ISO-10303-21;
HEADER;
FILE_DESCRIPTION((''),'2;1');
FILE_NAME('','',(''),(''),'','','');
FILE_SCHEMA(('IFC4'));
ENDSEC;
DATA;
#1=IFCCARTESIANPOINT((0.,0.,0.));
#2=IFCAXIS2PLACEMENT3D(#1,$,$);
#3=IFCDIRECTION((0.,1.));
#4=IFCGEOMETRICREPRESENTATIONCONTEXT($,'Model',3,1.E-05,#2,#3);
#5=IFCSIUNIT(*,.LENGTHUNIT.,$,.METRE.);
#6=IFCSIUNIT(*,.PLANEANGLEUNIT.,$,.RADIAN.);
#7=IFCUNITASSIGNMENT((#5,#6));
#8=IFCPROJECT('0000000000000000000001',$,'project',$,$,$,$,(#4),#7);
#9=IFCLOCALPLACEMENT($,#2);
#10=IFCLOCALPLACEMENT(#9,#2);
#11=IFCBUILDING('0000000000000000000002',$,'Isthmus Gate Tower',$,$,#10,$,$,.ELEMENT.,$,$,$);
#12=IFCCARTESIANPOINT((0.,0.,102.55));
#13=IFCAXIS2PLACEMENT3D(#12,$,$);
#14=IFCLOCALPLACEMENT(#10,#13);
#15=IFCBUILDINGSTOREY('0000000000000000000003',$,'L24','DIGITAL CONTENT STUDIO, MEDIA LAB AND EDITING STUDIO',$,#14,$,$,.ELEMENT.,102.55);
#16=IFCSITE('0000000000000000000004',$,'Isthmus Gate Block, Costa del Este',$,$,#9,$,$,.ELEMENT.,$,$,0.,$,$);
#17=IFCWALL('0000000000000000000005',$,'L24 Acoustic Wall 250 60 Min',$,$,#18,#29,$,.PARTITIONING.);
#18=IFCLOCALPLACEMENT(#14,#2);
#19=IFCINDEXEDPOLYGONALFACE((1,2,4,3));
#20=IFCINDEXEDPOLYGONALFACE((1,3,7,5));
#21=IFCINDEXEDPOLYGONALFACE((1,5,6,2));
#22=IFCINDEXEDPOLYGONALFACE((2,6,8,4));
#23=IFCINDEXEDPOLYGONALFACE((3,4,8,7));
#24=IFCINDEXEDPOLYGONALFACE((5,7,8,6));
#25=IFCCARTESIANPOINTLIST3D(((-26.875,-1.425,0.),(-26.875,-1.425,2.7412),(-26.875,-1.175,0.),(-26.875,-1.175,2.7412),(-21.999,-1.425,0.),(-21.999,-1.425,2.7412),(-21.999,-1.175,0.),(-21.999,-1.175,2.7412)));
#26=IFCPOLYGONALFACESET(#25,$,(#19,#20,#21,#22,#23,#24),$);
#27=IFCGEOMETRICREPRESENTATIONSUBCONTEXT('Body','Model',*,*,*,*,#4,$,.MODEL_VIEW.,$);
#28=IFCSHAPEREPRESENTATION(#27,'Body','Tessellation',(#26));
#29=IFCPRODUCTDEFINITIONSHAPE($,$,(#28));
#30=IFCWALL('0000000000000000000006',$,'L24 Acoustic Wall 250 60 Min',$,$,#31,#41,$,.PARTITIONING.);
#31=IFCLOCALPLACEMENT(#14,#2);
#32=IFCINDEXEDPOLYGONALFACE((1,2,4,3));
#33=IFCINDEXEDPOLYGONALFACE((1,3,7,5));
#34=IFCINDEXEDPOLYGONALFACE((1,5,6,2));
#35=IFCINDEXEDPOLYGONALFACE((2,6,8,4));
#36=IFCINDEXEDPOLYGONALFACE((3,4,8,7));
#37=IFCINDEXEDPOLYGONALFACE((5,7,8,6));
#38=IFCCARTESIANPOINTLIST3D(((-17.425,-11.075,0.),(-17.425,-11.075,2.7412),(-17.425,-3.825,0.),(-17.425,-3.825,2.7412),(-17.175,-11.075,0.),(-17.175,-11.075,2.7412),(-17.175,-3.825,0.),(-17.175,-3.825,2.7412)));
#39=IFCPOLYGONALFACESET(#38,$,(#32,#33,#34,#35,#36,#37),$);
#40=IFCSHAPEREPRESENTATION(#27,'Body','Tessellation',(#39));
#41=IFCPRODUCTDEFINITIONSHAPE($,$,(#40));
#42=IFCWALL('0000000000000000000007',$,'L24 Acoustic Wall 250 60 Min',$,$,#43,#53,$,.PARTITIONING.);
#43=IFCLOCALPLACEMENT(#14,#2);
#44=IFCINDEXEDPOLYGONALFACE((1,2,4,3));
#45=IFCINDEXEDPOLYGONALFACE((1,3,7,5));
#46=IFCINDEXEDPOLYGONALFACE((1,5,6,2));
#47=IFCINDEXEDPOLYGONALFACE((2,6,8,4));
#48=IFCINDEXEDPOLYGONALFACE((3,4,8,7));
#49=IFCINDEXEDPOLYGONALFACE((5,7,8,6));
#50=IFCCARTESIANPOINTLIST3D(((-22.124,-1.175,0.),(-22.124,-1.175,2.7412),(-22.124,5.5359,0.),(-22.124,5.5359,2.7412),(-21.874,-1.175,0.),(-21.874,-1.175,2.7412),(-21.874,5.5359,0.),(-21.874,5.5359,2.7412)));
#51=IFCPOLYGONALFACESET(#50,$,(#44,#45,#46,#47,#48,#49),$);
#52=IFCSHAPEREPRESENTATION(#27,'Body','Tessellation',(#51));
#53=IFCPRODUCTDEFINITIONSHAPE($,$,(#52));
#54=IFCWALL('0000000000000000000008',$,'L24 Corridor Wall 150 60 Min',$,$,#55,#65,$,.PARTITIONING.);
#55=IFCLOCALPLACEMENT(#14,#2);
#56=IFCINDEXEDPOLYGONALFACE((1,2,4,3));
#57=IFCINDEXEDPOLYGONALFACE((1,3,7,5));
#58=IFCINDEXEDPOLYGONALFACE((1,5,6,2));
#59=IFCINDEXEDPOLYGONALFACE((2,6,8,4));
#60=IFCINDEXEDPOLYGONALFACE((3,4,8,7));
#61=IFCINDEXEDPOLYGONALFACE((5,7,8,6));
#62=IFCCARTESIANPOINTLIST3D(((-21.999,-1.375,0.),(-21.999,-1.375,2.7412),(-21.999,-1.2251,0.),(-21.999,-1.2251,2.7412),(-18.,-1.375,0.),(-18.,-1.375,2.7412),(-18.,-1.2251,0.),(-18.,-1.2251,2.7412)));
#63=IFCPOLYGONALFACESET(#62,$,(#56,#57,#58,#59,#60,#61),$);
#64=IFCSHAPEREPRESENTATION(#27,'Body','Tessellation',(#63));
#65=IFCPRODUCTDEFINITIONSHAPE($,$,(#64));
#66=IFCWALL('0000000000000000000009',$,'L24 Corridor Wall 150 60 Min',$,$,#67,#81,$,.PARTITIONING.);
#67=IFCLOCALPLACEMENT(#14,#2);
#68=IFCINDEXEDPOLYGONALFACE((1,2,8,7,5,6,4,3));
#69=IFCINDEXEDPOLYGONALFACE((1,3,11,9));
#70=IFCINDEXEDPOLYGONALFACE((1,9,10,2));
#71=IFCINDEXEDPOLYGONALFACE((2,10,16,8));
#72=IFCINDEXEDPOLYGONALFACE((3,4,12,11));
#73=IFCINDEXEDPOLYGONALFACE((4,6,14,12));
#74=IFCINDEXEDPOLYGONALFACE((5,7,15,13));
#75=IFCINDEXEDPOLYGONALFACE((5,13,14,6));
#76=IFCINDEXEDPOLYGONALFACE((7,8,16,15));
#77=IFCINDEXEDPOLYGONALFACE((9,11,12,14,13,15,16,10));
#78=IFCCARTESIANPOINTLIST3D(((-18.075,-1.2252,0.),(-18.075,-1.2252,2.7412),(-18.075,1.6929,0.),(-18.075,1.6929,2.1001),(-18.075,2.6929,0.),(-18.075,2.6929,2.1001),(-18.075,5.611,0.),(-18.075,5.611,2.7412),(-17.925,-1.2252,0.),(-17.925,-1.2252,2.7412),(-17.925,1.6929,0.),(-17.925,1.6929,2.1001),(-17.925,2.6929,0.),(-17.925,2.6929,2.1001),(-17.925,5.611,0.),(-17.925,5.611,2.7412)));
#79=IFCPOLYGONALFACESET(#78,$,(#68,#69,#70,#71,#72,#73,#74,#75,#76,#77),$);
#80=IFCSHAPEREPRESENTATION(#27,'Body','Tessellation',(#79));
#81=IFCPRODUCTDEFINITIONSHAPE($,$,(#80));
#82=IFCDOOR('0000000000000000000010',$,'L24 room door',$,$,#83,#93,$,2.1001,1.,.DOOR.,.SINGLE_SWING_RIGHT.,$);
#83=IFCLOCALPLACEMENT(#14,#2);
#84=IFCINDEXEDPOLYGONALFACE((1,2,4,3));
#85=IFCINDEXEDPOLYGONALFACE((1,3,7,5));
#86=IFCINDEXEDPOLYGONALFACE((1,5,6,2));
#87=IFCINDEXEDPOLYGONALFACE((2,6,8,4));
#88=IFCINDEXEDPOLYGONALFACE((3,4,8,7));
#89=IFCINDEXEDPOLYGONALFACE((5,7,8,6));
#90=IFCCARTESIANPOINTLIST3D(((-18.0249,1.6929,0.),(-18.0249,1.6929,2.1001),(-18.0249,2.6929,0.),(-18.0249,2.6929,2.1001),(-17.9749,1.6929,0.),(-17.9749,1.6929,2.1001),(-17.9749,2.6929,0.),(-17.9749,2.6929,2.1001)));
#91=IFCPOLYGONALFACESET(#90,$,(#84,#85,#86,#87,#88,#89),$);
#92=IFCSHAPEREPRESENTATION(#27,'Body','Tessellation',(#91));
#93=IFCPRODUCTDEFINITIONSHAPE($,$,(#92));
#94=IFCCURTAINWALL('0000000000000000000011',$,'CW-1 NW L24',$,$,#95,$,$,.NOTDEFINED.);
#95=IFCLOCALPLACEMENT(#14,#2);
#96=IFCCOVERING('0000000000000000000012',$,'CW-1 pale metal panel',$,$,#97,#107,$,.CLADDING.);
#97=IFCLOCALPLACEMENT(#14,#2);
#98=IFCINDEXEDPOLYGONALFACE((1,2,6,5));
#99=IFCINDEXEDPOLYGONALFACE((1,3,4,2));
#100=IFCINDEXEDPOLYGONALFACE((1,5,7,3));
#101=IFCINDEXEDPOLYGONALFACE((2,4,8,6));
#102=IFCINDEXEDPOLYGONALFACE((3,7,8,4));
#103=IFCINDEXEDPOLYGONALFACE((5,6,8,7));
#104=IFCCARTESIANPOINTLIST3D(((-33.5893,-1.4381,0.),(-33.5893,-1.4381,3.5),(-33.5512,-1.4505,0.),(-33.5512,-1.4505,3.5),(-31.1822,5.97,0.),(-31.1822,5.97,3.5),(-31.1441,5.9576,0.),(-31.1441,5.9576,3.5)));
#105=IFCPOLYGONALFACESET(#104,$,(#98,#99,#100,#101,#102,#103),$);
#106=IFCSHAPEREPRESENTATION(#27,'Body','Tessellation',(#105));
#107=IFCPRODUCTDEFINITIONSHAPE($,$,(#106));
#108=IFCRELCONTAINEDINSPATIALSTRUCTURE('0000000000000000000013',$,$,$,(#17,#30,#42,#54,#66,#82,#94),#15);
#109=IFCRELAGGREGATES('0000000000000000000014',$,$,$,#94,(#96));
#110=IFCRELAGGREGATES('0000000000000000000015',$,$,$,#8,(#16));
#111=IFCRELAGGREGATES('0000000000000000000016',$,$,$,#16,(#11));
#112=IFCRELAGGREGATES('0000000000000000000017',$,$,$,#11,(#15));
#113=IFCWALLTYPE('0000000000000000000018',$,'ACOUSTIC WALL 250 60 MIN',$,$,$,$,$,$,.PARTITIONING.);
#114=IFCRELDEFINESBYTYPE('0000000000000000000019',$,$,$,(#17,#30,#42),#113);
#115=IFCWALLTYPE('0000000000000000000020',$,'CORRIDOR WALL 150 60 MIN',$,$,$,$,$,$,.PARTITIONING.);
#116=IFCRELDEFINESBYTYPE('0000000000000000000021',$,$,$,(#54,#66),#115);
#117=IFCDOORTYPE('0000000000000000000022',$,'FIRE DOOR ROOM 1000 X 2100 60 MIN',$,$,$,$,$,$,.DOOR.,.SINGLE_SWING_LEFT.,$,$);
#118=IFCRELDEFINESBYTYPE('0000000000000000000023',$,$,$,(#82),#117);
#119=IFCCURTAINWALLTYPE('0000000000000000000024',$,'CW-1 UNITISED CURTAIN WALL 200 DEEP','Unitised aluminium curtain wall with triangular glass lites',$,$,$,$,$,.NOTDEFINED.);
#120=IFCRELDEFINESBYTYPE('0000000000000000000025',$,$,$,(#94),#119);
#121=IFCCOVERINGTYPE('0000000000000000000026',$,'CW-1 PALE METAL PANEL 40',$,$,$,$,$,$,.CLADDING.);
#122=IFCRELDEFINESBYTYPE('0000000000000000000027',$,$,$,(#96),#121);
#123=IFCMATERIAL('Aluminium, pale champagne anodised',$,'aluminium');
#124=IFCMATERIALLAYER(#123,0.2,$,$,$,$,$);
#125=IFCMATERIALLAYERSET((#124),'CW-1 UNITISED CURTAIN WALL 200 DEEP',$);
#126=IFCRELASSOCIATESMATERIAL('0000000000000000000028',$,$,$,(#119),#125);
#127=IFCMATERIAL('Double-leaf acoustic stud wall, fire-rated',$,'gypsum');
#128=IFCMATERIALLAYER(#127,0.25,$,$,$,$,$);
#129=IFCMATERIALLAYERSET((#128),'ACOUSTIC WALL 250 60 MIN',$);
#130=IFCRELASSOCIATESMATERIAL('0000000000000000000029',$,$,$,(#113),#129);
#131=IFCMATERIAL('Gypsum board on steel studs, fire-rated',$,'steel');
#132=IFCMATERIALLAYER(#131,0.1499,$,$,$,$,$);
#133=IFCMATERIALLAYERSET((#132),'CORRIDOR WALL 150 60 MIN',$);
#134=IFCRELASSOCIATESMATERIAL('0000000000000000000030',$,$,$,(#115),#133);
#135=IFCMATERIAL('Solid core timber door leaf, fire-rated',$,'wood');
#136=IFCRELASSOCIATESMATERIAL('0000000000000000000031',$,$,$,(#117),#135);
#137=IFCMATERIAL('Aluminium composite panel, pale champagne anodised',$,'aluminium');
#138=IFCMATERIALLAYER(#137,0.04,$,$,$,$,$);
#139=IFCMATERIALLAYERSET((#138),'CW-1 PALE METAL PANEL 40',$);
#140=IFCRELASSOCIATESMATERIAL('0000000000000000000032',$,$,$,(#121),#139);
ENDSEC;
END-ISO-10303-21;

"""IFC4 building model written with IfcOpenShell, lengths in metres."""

from ifc_helpers import new_model, si_unit, direction, frame, frame_2d, origin, origin_2d, place, context, subcontext, project, spatial, rectangle, extrude, material, layer, layer_set, type_object, element, fill, aggregate, save


model = new_model("IFC4")

# Units and contexts
model_context = context("Model", 3, precision=1e-05, world=origin(), true_north=direction((0.0, 1.0)))
body_context = subcontext(model_context, "Body", "Model", "MODEL_VIEW")
ifc_project = project(units=[si_unit("LENGTHUNIT", "METRE"), si_unit("PLANEANGLEUNIT", "RADIAN")], contexts=[model_context])

# Site, building, storey
site_placement = place(None, origin())
site = spatial("IfcSite", under=ifc_project, at=site_placement, Name="Isthmus Gate Block, Costa del Este", CompositionType="ELEMENT", RefElevation=0.0)
building_placement = place(site_placement, origin())
building = spatial("IfcBuilding", under=site, at=building_placement, Name="Isthmus Gate Tower", CompositionType="ELEMENT")
storey_placement = place(building_placement, frame((0.0, 0.0, 102.55)))
storey = spatial("IfcBuildingStorey", under=building, at=storey_placement, Name="L24", Description="DIGITAL CONTENT STUDIO, MEDIA LAB AND EDITING STUDIO", CompositionType="ELEMENT", Elevation=102.55)

# Shared definitions
ifc_material_1 = material(Name="Aluminium, pale champagne anodised", Category="aluminium")
ifc_layer_1 = layer(ifc_material_1, 0.2)
ifc_layer_set_1 = layer_set([ifc_layer_1], Name="CW-1 UNITISED CURTAIN WALL 200 DEEP")
curtain_wall_type = type_object("IfcCurtainWallType", Name="CW-1 UNITISED CURTAIN WALL 200 DEEP", Description="Unitised aluminium curtain wall with triangular glass lites", PredefinedType="NOTDEFINED", material=ifc_layer_set_1)

# Shared definitions
ifc_material_2 = material(Name="Double-leaf acoustic stud wall, fire-rated", Category="gypsum")
ifc_layer_2 = layer(ifc_material_2, 0.25)
ifc_layer_set_2 = layer_set([ifc_layer_2], Name="ACOUSTIC WALL 250 60 MIN")
wall_type_1 = type_object("IfcWallType", Name="ACOUSTIC WALL 250 60 MIN", PredefinedType="PARTITIONING", material=ifc_layer_set_2)

# Walls
wall_1_placement = place(storey_placement, frame((-26.875, -1.3, 0.0), z_axis=(0.0, 0.0, 1.0), x_axis=(1.0, 0.0, 0.0)))
element("IfcWall", 1, at=wall_1_placement, inside=storey, type_object=wall_type_1, Name="L24 Acoustic Wall 250 60 Min", PredefinedType="PARTITIONING", context=body_context, shape_type="SweptSolid", body=[
    extrude(rectangle(XDim=4.876, YDim=0.25, at=frame_2d((2.438, 0.0))), origin(), (0.0, 0.0, 1.0), 2.7412),
])
wall_2_placement = place(storey_placement, frame((-17.3, -11.075, 0.0), z_axis=(0.0, 0.0, 1.0), x_axis=(0.0, 1.0, 0.0)))
element("IfcWall", 2, at=wall_2_placement, inside=storey, type_object=wall_type_1, Name="L24 Acoustic Wall 250 60 Min", PredefinedType="PARTITIONING", context=body_context, shape_type="SweptSolid", body=[
    extrude(rectangle(XDim=7.25, YDim=0.25, at=frame_2d((3.625, 0.0))), origin(), (0.0, 0.0, 1.0), 2.7412),
])
wall_3_placement = place(storey_placement, frame((-21.999, -1.175, 0.0), z_axis=(0.0, 0.0, 1.0), x_axis=(0.0, 1.0, 0.0)))
element("IfcWall", 3, at=wall_3_placement, inside=storey, type_object=wall_type_1, Name="L24 Acoustic Wall 250 60 Min", PredefinedType="PARTITIONING", context=body_context, shape_type="SweptSolid", body=[
    extrude(rectangle(XDim=6.7109, YDim=0.25, at=frame_2d((3.3555, 0.0))), origin(), (0.0, 0.0, 1.0), 2.7412),
])
ifc_material_3 = material(Name="Gypsum board on steel studs, fire-rated", Category="steel")
ifc_layer_3 = layer(ifc_material_3, 0.1499)
ifc_layer_set_3 = layer_set([ifc_layer_3], Name="CORRIDOR WALL 150 60 MIN")
wall_type_2 = type_object("IfcWallType", Name="CORRIDOR WALL 150 60 MIN", PredefinedType="PARTITIONING", material=ifc_layer_set_3)
wall_4_placement = place(storey_placement, frame((-21.999, -1.3, 0.0), z_axis=(0.0, 0.0, 1.0), x_axis=(1.0, 0.0, 0.0)))
element("IfcWall", 4, at=wall_4_placement, inside=storey, type_object=wall_type_2, Name="L24 Corridor Wall 150 60 Min", PredefinedType="PARTITIONING", context=body_context, shape_type="SweptSolid", body=[
    extrude(rectangle(XDim=3.999, YDim=0.1499, at=frame_2d((1.9995, 0.0))), origin(), (0.0, 0.0, 1.0), 2.7412),
])

# Wall, opening, door
wall_5_placement = place(storey_placement, frame((-18.0, -1.2251, 0.0), z_axis=(0.0, 0.0, 1.0), x_axis=(0.0, 1.0, 0.0)))
wall_5 = element("IfcWall", 5, at=wall_5_placement, inside=storey, type_object=wall_type_2, Name="L24 Corridor Wall 150 60 Min", PredefinedType="PARTITIONING", context=body_context, shape_type="SweptSolid", body=[
    extrude(rectangle(XDim=6.8362, YDim=0.1499, at=frame_2d((3.418, 0.0))), origin(), (0.0, 0.0, 1.0), 2.7412),
])
opening_1_placement = place(wall_5_placement, frame((2.918, 0.0, 0.0)))
opening_1 = element("IfcOpeningElement", 6, at=opening_1_placement, cuts=wall_5, PredefinedType="OPENING", context=body_context, shape_type="SweptSolid", body=[
    extrude(rectangle(XDim=1.0, YDim=2.1001, at=frame_2d((0.5, 1.05))), frame((0.0, 0.085, 0.0), z_axis=(0.0, -1.0, 0.0), x_axis=(1.0, 0.0, 0.0)), (0.0, 0.0, 1.0), 0.1699),
])
ifc_material_4 = material(Name="Solid core timber door leaf, fire-rated", Category="wood")
door_type_1 = type_object("IfcDoorType", Name="FIRE DOOR ROOM 1000 X 2100 60 MIN", OperationType="SINGLE_SWING_LEFT", PredefinedType="DOOR", material=ifc_material_4)
door_1_placement = place(opening_1_placement, origin())
door_1 = element("IfcDoor", 7, at=door_1_placement, inside=storey, type_object=door_type_1, Name="L24 room door", OperationType="SINGLE_SWING_RIGHT", OverallHeight=2.1001, OverallWidth=1.0, PredefinedType="DOOR", context=body_context, shape_type="SweptSolid", body=[
    extrude(rectangle(XDim=1.0, YDim=2.1001, at=frame_2d((0.5, 1.05))), frame((0.0, 0.0249, 0.0), z_axis=(0.0, -1.0, 0.0), x_axis=(1.0, 0.0, 0.0)), (0.0, 0.0, 1.0), 0.05),
])
fill(opening_1, door_1)

# Curtain wall, covering
curtain_wall_1_placement = place(storey_placement, origin())
curtain_wall_1 = element("IfcCurtainWall", 8, at=curtain_wall_1_placement, inside=storey, type_object=curtain_wall_type, Name="CW-1 NW L24", PredefinedType="NOTDEFINED")
ifc_material_5 = material(Name="Aluminium composite panel, pale champagne anodised", Category="aluminium")
ifc_layer_4 = layer(ifc_material_5, 0.04)
ifc_layer_set_4 = layer_set([ifc_layer_4], Name="CW-1 PALE METAL PANEL 40")
covering_type = type_object("IfcCoveringType", Name="CW-1 PALE METAL PANEL 40", PredefinedType="CLADDING", material=ifc_layer_set_4)
covering_placement = place(storey_placement, frame((-32.3667, 2.2598, 0.0), z_axis=(0.0, 0.0, 1.0), x_axis=(-0.309017, -0.951057, 0.0)))
covering = element("IfcCovering", 9, at=covering_placement, type_object=covering_type, Name="CW-1 pale metal panel", PredefinedType="CLADDING", context=body_context, shape_type="SweptSolid", body=[
    extrude(rectangle(XDim=7.7893, YDim=0.04, at=origin_2d()), origin(), (0.0, 0.0, 1.0), 3.5),
])
aggregate(curtain_wall_1, [covering])

save(model, "model.ifc")
